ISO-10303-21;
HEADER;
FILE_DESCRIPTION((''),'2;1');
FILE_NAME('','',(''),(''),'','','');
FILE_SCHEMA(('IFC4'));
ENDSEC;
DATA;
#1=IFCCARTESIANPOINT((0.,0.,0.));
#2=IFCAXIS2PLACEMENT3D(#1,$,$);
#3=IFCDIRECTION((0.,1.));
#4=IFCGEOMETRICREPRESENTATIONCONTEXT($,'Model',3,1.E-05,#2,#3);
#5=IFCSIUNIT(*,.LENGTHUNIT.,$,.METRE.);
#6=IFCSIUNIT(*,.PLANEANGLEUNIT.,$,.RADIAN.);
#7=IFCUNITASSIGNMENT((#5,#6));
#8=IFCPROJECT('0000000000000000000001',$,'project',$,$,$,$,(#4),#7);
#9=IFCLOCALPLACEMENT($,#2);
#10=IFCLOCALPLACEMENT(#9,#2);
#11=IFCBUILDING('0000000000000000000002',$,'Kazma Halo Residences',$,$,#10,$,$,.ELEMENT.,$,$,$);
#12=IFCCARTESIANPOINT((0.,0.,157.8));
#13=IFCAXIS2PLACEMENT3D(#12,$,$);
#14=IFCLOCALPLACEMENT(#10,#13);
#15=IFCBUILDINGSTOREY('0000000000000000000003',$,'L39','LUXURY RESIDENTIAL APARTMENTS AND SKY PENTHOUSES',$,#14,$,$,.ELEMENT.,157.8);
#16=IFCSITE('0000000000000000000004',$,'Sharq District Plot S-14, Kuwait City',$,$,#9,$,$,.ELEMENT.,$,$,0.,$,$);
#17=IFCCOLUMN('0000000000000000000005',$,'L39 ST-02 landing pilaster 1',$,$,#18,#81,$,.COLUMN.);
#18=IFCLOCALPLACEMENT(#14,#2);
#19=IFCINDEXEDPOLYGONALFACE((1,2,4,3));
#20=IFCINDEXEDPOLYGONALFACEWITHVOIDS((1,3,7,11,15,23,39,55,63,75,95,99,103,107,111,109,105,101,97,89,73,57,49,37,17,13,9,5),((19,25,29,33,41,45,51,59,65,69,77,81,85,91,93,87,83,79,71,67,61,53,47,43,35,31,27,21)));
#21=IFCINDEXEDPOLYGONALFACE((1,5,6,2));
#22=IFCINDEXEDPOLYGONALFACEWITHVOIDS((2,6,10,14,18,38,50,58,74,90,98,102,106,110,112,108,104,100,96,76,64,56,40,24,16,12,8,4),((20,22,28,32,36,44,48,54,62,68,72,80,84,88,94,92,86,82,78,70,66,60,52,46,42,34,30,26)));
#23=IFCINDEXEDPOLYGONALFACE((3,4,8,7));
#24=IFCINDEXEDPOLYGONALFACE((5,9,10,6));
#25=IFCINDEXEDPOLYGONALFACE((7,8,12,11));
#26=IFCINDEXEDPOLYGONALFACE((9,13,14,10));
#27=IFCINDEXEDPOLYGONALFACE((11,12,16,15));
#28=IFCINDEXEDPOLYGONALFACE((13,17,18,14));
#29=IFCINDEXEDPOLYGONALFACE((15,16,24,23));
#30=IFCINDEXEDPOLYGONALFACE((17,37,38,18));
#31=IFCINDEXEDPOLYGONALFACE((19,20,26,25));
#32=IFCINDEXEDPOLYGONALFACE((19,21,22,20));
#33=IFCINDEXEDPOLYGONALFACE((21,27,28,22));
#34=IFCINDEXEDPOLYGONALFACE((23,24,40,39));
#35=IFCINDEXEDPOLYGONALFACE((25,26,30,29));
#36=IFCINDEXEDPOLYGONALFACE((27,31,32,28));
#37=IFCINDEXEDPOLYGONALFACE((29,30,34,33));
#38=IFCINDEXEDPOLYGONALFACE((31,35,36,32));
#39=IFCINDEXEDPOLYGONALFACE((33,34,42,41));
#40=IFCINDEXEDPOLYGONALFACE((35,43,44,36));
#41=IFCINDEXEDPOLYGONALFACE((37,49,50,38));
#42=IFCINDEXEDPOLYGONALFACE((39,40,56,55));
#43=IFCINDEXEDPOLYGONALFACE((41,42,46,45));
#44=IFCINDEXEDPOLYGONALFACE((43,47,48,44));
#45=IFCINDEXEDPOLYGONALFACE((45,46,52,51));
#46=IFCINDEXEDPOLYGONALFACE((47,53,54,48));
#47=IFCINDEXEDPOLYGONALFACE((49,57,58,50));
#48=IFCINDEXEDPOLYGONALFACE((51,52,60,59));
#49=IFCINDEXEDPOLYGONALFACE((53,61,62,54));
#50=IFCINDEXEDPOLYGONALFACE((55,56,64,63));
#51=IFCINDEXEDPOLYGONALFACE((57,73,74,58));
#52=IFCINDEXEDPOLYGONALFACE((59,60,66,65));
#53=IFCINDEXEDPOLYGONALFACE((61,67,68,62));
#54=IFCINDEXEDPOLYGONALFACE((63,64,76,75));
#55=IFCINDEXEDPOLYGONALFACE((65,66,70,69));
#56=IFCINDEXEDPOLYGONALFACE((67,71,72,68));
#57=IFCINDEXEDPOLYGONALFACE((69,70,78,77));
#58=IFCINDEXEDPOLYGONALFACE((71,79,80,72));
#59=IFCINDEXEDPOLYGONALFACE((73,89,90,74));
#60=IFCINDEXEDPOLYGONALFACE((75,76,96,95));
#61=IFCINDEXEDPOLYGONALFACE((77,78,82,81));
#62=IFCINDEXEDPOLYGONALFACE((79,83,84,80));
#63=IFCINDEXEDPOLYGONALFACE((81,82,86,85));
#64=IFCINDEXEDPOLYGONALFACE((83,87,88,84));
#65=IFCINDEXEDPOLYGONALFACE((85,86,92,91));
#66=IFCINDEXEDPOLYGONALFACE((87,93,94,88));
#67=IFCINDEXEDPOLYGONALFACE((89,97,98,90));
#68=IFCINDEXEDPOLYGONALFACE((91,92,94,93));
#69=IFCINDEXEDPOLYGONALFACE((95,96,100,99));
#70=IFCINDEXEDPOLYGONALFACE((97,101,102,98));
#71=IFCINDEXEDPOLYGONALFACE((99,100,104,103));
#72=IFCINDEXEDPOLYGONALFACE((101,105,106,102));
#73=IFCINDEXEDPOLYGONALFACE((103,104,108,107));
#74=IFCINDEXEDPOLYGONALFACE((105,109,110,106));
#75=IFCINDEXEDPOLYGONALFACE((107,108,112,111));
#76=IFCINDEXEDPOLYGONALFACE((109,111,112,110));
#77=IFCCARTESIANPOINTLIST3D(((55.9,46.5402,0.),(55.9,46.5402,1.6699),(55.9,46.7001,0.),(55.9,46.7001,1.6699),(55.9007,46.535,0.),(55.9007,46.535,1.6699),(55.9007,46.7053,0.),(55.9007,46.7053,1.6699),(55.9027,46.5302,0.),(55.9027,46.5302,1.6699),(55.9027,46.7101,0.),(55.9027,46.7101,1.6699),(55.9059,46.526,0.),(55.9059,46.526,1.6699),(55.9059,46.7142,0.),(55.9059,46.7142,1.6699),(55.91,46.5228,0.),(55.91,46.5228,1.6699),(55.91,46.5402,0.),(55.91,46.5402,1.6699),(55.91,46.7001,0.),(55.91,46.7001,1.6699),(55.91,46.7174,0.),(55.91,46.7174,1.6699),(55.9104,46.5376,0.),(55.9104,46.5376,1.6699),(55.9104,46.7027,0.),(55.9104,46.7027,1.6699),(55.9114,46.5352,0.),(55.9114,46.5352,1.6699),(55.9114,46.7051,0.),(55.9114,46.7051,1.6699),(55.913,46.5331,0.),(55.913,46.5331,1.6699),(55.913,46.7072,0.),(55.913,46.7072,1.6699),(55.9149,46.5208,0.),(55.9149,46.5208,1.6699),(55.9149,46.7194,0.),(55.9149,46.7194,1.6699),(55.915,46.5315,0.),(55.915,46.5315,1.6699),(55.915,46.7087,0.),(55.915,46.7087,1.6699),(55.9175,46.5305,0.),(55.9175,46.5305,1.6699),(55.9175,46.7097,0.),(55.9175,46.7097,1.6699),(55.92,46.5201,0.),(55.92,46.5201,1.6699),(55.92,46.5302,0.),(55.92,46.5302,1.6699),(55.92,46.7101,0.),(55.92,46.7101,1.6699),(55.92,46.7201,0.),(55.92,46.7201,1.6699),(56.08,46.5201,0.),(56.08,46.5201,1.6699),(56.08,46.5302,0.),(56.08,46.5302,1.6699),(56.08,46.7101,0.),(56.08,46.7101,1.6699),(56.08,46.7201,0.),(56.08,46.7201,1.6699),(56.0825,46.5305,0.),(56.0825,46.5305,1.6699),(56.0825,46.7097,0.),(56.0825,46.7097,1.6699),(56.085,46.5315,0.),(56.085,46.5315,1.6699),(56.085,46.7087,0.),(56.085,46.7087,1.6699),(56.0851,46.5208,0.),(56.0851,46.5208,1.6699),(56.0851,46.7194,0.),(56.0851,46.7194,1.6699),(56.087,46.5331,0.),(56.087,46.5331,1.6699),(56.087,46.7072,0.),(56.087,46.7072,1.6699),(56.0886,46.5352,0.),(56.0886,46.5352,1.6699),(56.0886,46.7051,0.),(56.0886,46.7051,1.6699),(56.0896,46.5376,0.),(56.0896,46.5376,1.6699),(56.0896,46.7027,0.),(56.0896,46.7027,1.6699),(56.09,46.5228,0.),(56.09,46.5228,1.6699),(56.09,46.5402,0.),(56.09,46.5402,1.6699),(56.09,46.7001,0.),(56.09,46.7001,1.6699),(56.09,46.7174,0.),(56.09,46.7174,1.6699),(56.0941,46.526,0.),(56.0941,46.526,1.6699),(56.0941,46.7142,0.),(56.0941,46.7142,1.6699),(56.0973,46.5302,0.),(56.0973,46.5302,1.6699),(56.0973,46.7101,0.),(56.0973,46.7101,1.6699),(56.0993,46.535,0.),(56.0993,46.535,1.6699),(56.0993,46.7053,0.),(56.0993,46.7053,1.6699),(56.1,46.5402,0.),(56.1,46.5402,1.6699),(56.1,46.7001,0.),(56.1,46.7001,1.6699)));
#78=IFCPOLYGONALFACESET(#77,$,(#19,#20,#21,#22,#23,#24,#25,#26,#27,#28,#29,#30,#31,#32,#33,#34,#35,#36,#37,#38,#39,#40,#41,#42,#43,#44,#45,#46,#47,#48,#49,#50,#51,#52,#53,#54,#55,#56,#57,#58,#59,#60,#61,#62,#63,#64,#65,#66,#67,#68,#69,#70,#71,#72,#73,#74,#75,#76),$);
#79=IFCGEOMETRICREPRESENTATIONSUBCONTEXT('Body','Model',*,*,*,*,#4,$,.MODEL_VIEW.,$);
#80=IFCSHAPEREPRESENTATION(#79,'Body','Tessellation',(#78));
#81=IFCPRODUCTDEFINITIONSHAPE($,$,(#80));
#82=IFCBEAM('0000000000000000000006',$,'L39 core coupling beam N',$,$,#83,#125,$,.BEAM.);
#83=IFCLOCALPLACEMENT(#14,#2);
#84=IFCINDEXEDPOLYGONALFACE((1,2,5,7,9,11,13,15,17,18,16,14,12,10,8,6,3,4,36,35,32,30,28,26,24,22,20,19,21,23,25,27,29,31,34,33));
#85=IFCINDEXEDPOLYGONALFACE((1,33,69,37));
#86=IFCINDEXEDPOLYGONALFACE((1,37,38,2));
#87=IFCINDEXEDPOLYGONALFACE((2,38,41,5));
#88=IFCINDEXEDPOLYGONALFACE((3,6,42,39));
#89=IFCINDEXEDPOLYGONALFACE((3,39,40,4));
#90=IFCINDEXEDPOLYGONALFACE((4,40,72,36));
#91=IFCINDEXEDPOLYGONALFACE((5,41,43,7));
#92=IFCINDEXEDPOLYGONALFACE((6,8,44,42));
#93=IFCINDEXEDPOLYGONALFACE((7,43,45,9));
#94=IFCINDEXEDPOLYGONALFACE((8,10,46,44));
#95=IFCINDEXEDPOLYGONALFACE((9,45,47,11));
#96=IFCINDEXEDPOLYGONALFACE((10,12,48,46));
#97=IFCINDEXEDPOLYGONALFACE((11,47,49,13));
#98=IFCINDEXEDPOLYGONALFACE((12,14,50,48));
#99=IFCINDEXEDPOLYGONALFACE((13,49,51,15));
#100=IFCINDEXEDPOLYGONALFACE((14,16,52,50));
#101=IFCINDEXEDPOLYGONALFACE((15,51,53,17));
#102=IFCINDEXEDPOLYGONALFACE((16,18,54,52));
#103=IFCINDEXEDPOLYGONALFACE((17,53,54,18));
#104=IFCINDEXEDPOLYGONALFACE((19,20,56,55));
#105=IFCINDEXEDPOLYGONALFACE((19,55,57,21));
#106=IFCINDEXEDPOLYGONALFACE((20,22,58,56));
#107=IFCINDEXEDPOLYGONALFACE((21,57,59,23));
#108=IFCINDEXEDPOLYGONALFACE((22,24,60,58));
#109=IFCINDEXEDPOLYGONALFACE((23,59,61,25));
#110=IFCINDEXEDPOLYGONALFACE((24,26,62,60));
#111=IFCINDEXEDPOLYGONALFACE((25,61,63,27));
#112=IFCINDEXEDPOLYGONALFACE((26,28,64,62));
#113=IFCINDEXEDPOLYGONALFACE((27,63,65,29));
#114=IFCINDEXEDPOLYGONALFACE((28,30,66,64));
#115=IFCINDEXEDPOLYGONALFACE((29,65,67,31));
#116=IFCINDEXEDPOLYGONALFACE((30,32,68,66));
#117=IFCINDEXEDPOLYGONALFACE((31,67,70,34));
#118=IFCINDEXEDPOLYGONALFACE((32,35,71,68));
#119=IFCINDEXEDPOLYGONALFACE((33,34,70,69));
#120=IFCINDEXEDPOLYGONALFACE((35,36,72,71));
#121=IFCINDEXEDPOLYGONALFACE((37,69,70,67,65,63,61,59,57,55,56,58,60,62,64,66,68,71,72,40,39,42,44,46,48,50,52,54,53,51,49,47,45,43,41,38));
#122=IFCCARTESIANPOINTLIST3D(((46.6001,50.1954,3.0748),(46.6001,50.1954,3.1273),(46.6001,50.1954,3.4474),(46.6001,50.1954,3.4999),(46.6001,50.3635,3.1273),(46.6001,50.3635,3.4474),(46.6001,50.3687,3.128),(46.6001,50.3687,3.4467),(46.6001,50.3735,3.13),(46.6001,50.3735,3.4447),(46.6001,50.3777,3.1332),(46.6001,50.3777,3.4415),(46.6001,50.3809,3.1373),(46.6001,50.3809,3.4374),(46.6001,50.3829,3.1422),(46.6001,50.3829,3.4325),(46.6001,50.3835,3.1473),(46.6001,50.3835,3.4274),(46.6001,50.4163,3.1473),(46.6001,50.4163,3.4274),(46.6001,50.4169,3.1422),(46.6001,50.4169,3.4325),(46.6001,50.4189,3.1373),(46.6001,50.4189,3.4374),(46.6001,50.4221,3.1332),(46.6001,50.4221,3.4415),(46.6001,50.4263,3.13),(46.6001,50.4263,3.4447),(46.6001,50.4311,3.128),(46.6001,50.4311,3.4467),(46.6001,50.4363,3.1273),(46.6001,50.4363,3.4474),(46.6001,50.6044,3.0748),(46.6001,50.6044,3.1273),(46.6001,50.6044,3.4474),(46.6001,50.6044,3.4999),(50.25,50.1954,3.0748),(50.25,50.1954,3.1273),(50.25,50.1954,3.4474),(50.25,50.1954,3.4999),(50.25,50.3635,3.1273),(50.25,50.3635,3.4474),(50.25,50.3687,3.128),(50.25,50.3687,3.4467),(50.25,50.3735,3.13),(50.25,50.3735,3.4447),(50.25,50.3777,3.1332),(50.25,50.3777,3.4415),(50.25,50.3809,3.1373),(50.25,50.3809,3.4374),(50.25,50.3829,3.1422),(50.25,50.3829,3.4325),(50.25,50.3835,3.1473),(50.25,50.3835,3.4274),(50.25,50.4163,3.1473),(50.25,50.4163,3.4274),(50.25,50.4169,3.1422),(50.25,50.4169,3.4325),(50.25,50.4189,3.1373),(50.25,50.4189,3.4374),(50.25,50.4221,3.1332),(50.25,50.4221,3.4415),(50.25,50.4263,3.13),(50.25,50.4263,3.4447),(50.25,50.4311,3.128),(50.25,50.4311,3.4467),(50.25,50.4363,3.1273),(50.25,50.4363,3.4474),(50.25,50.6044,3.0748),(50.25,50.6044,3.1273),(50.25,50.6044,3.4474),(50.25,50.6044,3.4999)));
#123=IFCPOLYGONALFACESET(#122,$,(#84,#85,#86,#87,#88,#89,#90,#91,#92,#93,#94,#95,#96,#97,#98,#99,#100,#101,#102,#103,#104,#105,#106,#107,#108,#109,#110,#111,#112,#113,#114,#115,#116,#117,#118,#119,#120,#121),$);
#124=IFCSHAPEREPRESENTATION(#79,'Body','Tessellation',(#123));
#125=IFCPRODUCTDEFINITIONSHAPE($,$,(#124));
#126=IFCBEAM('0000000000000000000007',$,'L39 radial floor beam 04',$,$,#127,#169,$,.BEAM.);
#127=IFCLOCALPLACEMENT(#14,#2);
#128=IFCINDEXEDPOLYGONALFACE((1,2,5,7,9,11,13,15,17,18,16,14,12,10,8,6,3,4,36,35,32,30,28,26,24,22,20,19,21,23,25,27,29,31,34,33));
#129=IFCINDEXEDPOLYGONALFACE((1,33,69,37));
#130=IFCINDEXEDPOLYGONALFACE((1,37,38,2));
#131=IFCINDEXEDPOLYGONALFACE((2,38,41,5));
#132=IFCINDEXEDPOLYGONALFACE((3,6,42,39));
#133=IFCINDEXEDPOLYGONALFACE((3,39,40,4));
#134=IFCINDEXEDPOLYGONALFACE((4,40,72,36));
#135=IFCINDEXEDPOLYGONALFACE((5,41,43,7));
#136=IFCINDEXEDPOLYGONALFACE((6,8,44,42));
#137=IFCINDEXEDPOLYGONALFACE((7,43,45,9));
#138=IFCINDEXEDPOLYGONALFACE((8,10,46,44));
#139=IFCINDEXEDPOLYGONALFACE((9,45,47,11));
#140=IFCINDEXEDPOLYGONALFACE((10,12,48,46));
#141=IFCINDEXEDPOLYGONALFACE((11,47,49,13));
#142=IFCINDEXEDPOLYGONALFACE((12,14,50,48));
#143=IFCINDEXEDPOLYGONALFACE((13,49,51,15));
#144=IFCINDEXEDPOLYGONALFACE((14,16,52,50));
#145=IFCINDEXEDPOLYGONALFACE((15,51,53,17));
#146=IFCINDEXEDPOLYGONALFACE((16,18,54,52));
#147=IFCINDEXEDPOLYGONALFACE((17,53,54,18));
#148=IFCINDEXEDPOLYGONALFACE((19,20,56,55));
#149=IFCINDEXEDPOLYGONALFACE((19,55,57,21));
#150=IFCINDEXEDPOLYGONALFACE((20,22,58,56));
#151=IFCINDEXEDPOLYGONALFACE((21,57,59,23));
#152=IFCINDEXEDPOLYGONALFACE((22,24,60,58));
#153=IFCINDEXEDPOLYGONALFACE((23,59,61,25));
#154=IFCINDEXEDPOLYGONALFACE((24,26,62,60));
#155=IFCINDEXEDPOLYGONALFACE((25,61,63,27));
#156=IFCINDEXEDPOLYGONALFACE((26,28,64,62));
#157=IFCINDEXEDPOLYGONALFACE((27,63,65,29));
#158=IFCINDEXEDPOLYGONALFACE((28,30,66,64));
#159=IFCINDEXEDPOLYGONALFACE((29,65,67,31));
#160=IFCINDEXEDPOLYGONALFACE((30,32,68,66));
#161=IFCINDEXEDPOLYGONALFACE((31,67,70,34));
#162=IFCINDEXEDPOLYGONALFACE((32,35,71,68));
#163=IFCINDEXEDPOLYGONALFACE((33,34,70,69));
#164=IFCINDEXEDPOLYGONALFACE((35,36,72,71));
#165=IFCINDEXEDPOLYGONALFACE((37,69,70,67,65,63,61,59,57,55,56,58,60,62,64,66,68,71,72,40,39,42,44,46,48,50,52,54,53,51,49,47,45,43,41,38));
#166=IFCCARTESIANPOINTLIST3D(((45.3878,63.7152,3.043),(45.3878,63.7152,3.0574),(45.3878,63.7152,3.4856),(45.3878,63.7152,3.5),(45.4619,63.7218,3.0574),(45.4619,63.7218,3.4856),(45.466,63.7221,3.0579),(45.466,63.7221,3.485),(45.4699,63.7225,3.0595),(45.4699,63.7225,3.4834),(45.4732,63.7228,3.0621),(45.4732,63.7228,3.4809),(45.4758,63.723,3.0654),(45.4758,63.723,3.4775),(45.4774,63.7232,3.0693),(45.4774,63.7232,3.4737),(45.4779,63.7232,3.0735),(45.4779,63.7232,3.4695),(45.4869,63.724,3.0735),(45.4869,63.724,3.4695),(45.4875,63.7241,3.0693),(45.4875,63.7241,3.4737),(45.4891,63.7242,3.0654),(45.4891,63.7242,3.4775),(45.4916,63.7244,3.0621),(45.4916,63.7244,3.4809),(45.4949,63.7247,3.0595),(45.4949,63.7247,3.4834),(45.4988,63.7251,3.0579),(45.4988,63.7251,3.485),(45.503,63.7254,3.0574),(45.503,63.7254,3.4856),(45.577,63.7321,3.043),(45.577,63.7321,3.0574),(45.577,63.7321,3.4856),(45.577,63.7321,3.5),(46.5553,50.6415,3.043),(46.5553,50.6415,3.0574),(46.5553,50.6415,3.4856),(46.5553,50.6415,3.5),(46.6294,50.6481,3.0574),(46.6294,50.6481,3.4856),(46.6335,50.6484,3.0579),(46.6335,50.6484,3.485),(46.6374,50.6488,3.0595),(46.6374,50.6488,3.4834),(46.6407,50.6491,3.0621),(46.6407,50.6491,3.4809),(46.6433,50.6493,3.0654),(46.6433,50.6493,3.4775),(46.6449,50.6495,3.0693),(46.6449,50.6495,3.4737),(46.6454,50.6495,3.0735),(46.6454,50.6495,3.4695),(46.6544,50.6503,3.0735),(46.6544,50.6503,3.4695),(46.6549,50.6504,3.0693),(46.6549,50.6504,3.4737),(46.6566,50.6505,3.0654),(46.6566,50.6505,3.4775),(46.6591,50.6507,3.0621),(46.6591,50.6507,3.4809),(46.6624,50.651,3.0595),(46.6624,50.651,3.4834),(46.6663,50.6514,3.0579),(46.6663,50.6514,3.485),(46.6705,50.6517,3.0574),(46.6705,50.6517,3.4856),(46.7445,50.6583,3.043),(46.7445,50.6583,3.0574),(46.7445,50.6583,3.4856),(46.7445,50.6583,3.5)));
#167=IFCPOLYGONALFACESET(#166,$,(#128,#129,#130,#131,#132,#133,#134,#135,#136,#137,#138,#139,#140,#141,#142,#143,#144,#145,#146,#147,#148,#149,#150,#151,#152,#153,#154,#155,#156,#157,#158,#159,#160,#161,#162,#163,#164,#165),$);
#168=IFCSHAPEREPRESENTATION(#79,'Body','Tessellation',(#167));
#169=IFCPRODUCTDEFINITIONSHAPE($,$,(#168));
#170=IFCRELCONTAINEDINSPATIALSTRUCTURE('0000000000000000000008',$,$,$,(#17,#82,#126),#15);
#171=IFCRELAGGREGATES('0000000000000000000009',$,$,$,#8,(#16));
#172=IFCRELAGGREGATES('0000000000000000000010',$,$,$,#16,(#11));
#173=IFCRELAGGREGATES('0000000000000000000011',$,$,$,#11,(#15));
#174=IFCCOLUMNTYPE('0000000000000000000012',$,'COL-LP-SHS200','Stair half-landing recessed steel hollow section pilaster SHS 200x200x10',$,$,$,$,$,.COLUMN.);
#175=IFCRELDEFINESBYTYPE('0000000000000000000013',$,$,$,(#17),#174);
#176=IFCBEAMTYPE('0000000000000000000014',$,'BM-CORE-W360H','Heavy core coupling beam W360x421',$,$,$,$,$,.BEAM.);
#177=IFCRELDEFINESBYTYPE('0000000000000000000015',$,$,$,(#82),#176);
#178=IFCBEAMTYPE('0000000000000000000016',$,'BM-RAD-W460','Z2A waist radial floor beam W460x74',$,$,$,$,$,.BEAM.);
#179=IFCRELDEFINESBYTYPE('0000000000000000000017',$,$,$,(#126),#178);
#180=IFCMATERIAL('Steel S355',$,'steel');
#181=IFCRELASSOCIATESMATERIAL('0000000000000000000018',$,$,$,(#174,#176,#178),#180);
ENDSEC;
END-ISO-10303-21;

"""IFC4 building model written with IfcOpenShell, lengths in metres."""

from ifc_helpers import new_model, si_unit, direction, frame, origin, origin_2d, place, context, subcontext, project, spatial, hollow_rectangle, i_section, extrude, material, material_profile, profile_set, type_object, element, save


model = new_model("IFC4")

# Units and contexts
model_context = context("Model", 3, precision=1e-05, world=origin(), true_north=direction((0.0, 1.0)))
body_context = subcontext(model_context, "Body", "Model", "MODEL_VIEW")
ifc_project = project(units=[si_unit("LENGTHUNIT", "METRE"), si_unit("PLANEANGLEUNIT", "RADIAN")], contexts=[model_context])

# Site, building, storey
site_placement = place(None, origin())
site = spatial("IfcSite", under=ifc_project, at=site_placement, Name="Sharq District Plot S-14, Kuwait City", CompositionType="ELEMENT", RefElevation=0.0)
building_placement = place(site_placement, origin())
building = spatial("IfcBuilding", under=site, at=building_placement, Name="Kazma Halo Residences", CompositionType="ELEMENT")
storey_placement = place(building_placement, frame((0.0, 0.0, 157.8)))
storey = spatial("IfcBuildingStorey", under=building, at=storey_placement, Name="L39", Description="LUXURY RESIDENTIAL APARTMENTS AND SKY PENTHOUSES", CompositionType="ELEMENT", Elevation=157.8)

# Column
ifc_material_1 = material(Name="Steel S355", Category="steel")
ifc_material_profile_1 = material_profile(ifc_material_1, hollow_rectangle(XDim=0.2, YDim=0.2, WallThickness=0.01, InnerFilletRadius=0.01, OuterFilletRadius=0.02, at=origin_2d()), Name="SHS200x200x10")
ifc_profile_set_1 = profile_set([ifc_material_profile_1], Name="Steel S355")
column_type = type_object("IfcColumnType", Name="COL-LP-SHS200", Description="Stair half-landing recessed steel hollow section pilaster SHS 200x200x10", PredefinedType="COLUMN", material=ifc_profile_set_1)
column_placement = place(storey_placement, frame((56.0, 46.6201, 0.0), z_axis=(0.0, 0.0, 1.0), x_axis=(1.0, 0.0, 0.0)))
element("IfcColumn", 1, at=column_placement, inside=storey, type_object=column_type, Name="L39 ST-02 landing pilaster 1", PredefinedType="COLUMN", context=body_context, shape_type="SweptSolid", body=[
    extrude(hollow_rectangle(XDim=0.2, YDim=0.2, WallThickness=0.01, InnerFilletRadius=0.01, OuterFilletRadius=0.02, at=origin_2d()), origin(), (0.0, 0.0, 1.0), 1.6699),
])

# Beams
ifc_material_profile_2 = material_profile(ifc_material_1, i_section(OverallWidth=0.4089, OverallDepth=0.425, WebThickness=0.0327, FlangeThickness=0.0525, FilletRadius=0.02, at=origin_2d()), Name="W360x421")
ifc_profile_set_2 = profile_set([ifc_material_profile_2], Name="Steel S355")
beam_type_1 = type_object("IfcBeamType", Name="BM-CORE-W360H", Description="Heavy core coupling beam W360x421", PredefinedType="BEAM", material=ifc_profile_set_2)
beam_1_placement = place(storey_placement, frame((46.6001, 50.3999, 3.2874), z_axis=(1.0, 0.0, 0.0), x_axis=(0.0, 1.0, 0.0)))
element("IfcBeam", 2, at=beam_1_placement, inside=storey, type_object=beam_type_1, Name="L39 core coupling beam N", PredefinedType="BEAM", context=body_context, shape_type="SweptSolid", body=[
    extrude(i_section(OverallWidth=0.4089, OverallDepth=0.425, WebThickness=0.0327, FlangeThickness=0.0525, FilletRadius=0.02, at=origin_2d()), origin(), (0.0, 0.0, 1.0), 3.6499),
])
ifc_material_profile_3 = material_profile(ifc_material_1, i_section(OverallWidth=0.1899, OverallDepth=0.457, WebThickness=0.009, FlangeThickness=0.0144, FilletRadius=0.0161, at=origin_2d()), Name="W460x74")
ifc_profile_set_3 = profile_set([ifc_material_profile_3], Name="Steel S355")
beam_type_2 = type_object("IfcBeamType", Name="BM-RAD-W460", Description="Z2A waist radial floor beam W460x74", PredefinedType="BEAM", material=ifc_profile_set_3)
beam_2_placement = place(storey_placement, frame((46.6499, 50.6499, 3.2715), z_axis=(-0.088946, 0.996036, 0.0), x_axis=(-0.996036, -0.088946, 0.0)))
element("IfcBeam", 3, at=beam_2_placement, inside=storey, type_object=beam_type_2, Name="L39 radial floor beam 04", PredefinedType="BEAM", context=body_context, shape_type="SweptSolid", body=[
    extrude(i_section(OverallWidth=0.1899, OverallDepth=0.457, WebThickness=0.009, FlangeThickness=0.0144, FilletRadius=0.0161, at=origin_2d()), origin(), (0.0, 0.0, 1.0), 13.1257),
])

save(model, "model.ifc")
